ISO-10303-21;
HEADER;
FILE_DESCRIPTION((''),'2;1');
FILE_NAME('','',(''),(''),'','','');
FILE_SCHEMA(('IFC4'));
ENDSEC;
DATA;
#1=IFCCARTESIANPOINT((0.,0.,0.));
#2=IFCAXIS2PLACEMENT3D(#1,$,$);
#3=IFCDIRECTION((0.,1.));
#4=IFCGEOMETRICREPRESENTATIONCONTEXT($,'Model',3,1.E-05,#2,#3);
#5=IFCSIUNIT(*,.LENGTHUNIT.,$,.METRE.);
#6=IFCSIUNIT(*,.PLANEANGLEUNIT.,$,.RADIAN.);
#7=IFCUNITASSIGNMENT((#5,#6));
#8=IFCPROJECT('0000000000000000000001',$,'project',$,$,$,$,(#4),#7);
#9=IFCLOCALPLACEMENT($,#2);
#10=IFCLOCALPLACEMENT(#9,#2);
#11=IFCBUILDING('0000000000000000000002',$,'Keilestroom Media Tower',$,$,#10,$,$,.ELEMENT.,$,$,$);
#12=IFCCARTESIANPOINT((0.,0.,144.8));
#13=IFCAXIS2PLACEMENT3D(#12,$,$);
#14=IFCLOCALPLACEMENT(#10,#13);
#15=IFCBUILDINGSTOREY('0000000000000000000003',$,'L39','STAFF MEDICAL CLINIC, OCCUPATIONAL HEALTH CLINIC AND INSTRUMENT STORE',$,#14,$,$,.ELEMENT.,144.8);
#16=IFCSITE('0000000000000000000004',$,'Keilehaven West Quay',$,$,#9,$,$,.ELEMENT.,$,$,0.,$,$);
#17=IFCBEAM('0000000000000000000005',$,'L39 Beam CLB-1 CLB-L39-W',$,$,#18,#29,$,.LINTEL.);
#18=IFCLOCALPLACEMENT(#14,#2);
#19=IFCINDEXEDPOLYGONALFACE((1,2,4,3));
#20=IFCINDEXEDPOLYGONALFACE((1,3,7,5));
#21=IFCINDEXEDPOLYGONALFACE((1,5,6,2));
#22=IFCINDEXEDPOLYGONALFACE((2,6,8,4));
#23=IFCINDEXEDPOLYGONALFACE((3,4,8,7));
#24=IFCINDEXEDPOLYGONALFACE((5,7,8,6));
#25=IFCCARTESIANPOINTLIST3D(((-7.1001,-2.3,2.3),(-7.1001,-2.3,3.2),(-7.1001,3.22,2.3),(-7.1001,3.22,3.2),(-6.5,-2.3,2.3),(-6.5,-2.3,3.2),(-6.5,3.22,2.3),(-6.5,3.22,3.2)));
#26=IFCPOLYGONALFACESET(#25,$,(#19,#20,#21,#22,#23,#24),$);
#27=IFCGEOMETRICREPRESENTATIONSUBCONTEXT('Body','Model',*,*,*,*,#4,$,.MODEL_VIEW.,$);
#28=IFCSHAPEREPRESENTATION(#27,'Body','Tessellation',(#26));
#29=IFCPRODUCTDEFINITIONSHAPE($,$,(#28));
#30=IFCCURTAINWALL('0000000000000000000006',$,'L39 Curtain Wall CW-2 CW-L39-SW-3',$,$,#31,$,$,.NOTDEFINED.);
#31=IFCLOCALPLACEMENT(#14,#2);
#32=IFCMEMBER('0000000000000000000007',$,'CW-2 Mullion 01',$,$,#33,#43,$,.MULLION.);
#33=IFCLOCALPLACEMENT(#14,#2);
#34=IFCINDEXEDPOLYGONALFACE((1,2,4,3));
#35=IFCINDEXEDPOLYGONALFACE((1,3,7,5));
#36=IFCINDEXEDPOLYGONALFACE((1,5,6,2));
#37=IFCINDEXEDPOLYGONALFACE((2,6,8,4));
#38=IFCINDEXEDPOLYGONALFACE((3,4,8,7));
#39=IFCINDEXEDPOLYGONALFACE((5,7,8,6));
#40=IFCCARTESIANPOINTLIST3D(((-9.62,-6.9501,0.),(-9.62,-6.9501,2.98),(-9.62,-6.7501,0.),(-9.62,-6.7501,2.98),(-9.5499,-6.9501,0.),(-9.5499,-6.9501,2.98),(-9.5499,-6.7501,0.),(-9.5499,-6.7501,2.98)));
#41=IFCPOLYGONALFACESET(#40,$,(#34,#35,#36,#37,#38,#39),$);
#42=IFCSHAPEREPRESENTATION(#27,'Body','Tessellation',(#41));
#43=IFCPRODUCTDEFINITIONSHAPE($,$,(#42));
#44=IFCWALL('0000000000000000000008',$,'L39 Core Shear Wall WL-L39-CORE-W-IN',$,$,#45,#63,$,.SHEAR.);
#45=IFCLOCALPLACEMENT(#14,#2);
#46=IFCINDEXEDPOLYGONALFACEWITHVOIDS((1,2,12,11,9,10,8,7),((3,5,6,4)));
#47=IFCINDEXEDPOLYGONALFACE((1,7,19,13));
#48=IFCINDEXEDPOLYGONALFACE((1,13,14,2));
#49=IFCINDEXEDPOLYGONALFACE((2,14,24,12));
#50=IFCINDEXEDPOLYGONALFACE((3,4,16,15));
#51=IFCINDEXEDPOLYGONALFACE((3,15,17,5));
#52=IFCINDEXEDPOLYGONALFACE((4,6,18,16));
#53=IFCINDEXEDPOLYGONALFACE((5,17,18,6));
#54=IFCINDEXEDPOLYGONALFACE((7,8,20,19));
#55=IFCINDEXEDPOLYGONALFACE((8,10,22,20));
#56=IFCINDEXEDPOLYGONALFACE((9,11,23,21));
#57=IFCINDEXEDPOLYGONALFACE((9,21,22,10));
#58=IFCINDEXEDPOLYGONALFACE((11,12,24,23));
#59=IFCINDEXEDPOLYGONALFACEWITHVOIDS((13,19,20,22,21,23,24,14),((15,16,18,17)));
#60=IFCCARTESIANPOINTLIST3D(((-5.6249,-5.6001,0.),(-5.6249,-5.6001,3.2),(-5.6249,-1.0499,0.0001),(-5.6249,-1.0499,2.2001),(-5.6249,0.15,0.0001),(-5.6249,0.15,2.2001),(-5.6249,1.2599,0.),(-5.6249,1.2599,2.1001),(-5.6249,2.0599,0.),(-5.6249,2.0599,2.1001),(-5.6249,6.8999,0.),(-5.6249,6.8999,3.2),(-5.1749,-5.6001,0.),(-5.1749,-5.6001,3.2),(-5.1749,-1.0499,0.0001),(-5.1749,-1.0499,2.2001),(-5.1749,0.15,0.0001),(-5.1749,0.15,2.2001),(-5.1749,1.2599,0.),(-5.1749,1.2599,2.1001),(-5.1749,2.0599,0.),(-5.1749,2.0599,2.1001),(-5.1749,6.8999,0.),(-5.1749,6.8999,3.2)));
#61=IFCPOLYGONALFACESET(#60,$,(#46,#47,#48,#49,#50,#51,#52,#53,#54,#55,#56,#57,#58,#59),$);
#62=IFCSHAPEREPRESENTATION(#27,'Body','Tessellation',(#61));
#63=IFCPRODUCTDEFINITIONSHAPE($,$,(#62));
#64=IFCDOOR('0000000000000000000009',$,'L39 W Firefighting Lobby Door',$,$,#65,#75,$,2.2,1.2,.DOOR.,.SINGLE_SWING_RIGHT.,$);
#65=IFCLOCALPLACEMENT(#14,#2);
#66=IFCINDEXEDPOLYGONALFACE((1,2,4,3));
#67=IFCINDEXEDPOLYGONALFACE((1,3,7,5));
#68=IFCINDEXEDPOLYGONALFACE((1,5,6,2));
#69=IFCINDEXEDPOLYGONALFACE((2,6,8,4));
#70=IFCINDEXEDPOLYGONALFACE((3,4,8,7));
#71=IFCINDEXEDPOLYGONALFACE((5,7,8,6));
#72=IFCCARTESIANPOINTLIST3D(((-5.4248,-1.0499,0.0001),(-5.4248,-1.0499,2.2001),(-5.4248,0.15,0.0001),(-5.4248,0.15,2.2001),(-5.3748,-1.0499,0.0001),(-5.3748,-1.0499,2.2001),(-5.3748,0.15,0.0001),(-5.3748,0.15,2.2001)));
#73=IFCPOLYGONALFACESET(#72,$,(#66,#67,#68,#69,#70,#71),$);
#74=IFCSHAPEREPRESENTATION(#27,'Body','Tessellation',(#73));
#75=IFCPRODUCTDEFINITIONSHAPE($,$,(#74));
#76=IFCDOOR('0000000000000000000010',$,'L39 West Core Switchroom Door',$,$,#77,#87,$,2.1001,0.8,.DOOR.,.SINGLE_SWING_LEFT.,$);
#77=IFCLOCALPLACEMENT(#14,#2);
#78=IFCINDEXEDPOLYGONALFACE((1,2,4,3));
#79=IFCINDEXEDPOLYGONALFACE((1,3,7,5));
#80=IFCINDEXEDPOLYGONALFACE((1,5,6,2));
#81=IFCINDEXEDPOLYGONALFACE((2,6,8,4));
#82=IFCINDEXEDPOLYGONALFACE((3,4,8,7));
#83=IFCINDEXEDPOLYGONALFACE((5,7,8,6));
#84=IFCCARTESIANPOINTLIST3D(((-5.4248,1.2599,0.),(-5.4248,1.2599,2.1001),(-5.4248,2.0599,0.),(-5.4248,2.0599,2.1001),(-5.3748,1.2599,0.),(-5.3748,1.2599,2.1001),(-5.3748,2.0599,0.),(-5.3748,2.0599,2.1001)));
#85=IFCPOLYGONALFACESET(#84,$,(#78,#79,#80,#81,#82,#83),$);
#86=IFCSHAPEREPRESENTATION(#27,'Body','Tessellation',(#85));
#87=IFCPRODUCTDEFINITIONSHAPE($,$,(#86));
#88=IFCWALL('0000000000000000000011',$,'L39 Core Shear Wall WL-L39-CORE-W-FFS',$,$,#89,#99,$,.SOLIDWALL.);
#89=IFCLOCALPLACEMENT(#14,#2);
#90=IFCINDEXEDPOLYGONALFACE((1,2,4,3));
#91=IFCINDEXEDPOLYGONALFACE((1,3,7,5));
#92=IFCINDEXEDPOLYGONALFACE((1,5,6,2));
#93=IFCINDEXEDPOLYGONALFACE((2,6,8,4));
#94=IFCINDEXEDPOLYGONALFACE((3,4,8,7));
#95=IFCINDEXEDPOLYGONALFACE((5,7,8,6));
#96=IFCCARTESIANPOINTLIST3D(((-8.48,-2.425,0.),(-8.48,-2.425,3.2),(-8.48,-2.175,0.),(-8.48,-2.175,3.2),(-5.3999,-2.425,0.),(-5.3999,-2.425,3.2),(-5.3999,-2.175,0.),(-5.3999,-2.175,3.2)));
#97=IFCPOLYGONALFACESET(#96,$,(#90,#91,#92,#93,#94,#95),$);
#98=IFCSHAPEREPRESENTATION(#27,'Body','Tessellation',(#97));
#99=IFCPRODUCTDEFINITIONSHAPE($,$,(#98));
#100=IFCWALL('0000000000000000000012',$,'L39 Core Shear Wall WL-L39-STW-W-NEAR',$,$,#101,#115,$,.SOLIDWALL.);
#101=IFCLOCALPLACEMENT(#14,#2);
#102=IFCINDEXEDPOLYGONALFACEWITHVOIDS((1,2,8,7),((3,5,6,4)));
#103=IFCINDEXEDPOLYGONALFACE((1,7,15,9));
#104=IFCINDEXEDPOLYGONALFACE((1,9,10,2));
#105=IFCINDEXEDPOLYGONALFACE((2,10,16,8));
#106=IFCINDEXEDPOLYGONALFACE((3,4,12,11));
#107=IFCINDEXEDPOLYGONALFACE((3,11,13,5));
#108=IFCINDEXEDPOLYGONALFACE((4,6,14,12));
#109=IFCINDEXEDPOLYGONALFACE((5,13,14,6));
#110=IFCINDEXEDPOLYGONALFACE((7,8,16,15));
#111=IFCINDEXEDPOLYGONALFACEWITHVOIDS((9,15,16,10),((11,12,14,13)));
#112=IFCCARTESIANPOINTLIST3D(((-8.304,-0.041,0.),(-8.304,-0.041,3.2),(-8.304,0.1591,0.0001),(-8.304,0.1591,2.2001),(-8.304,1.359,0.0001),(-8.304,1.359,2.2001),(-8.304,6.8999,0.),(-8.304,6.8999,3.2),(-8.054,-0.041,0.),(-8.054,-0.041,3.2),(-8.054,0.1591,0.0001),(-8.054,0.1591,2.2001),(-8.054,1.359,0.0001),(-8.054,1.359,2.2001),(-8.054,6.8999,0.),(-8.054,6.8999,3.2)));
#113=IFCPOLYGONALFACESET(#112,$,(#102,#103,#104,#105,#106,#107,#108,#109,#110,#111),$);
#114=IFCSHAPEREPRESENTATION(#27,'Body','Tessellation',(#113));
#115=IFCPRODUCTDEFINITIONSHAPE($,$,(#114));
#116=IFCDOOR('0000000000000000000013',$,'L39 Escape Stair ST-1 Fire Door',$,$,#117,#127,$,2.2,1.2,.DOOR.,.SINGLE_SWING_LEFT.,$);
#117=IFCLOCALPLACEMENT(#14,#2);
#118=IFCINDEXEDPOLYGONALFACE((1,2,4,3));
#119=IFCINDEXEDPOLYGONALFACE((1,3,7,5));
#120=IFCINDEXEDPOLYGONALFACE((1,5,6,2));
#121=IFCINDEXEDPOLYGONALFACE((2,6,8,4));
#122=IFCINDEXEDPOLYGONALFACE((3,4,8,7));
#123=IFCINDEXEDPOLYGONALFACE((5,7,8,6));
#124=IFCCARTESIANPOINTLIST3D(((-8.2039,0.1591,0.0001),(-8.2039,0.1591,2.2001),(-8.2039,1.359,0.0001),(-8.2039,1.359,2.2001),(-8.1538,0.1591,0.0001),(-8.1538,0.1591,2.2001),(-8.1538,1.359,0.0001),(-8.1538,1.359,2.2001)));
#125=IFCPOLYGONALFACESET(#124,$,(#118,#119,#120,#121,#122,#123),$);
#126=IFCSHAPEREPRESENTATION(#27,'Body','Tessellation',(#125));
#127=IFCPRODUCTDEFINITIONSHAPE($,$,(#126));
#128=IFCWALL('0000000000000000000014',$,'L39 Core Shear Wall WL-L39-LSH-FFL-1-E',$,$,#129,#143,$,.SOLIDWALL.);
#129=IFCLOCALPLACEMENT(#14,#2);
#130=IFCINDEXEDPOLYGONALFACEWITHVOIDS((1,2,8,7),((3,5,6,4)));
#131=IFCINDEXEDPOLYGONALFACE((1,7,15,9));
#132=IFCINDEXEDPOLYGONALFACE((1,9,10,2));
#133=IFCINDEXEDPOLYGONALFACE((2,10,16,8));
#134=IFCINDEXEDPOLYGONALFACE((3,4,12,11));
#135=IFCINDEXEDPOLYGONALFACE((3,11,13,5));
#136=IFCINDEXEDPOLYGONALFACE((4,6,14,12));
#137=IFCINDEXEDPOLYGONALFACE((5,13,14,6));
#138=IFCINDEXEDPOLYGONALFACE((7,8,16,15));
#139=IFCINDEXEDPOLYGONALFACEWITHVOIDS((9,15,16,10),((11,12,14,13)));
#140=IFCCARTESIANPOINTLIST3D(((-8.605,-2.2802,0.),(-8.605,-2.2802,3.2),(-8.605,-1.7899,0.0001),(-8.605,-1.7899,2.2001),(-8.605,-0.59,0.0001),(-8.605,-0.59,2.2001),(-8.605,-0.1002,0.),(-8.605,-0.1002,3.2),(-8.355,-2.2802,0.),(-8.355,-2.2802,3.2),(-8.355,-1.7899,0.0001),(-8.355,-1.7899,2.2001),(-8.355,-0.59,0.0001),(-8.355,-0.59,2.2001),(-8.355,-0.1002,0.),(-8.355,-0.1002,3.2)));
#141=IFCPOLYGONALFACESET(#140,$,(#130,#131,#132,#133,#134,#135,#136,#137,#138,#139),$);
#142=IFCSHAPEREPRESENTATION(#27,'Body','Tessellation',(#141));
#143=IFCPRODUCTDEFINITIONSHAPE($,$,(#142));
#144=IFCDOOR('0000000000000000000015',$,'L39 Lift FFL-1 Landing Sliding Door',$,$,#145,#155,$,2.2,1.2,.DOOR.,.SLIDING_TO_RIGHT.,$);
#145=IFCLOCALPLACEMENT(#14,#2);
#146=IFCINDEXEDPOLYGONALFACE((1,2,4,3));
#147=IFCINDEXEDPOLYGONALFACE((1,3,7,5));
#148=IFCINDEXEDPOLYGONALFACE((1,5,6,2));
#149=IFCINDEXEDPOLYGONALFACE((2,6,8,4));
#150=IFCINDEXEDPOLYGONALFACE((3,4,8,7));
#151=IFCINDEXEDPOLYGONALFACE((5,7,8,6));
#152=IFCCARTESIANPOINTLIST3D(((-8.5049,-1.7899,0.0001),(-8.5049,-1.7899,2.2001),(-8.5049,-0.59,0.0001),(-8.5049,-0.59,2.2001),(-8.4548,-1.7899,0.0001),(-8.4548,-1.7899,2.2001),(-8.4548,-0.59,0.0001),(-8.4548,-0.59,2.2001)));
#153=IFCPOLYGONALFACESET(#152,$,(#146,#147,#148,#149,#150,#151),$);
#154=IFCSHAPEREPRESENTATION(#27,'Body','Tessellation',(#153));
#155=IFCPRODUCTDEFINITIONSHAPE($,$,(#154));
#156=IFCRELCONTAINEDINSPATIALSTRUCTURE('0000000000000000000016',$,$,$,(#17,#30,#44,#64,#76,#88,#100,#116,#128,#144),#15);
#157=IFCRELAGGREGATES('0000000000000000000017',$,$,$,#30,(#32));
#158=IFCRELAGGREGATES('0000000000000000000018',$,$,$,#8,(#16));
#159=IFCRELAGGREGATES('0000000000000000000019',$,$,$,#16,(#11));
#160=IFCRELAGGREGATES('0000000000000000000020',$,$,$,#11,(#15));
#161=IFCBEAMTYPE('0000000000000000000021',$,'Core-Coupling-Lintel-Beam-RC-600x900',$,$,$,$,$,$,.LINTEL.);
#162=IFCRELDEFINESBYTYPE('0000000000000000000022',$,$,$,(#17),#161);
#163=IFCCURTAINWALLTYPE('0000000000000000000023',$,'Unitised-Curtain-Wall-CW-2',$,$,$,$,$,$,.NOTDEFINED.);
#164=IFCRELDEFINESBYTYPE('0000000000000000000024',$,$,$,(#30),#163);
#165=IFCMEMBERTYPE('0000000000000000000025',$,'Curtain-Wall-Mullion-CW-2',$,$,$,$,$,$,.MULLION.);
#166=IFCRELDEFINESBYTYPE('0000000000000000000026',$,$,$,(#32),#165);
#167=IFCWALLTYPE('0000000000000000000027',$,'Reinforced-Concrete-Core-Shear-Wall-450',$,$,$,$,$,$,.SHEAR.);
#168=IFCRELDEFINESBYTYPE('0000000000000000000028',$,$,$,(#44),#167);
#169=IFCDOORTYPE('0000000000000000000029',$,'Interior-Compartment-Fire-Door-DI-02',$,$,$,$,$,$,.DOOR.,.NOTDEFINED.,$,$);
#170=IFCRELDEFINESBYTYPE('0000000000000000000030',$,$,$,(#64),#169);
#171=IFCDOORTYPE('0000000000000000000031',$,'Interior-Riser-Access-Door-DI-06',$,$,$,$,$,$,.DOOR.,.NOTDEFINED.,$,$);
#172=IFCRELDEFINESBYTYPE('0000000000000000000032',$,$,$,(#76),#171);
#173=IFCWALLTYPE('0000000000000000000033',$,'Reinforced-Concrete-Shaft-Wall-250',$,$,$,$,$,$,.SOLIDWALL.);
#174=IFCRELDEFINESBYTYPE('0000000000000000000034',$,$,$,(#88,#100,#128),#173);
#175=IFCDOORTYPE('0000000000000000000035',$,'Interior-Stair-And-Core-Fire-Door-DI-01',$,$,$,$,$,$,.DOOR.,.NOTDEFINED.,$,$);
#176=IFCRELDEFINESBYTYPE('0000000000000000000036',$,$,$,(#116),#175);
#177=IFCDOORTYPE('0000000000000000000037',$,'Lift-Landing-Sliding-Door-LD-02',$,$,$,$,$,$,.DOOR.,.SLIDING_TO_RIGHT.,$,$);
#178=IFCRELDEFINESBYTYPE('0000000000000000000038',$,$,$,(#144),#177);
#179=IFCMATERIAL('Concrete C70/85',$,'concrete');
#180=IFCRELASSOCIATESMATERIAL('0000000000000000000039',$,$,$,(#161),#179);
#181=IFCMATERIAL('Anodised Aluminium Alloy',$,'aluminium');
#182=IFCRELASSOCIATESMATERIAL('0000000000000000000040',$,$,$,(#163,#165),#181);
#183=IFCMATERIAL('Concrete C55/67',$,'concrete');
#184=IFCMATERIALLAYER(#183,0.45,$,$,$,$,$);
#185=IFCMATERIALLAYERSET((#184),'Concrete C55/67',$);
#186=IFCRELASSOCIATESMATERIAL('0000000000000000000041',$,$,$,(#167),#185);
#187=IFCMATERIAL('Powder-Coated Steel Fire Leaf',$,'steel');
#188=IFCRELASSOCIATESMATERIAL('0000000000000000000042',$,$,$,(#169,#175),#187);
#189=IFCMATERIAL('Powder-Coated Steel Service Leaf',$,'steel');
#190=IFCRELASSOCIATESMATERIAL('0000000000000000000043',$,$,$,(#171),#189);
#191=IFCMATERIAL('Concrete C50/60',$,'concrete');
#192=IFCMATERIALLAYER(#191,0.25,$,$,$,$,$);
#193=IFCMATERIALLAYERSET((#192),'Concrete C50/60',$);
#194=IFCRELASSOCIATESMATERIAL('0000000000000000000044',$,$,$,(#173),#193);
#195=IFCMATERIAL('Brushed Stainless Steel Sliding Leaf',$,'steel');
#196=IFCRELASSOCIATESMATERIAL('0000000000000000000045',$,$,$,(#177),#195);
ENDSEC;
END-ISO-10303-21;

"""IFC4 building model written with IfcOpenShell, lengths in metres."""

from ifc_helpers import new_model, si_unit, direction, frame, frame_2d, origin, origin_2d, place, context, subcontext, project, spatial, rectangle, extrude, source, transform, mapped, material, layer, layer_set, material_profile, profile_set, type_object, element, fill, aggregate, save


model = new_model("IFC4")

# Units and contexts
model_context = context("Model", 3, precision=1e-05, world=origin(), true_north=direction((0.0, 1.0)))
body_context = subcontext(model_context, "Body", "Model", "MODEL_VIEW")
ifc_project = project(units=[si_unit("LENGTHUNIT", "METRE"), si_unit("PLANEANGLEUNIT", "RADIAN")], contexts=[model_context])

# Site, building, storey
site_placement = place(None, origin())
site = spatial("IfcSite", under=ifc_project, at=site_placement, Name="Keilehaven West Quay", CompositionType="ELEMENT", RefElevation=0.0)
building_placement = place(site_placement, origin())
building = spatial("IfcBuilding", under=site, at=building_placement, Name="Keilestroom Media Tower", CompositionType="ELEMENT")
storey_placement = place(building_placement, frame((0.0, 0.0, 144.8)))
storey = spatial("IfcBuildingStorey", under=building, at=storey_placement, Name="L39", Description="STAFF MEDICAL CLINIC, OCCUPATIONAL HEALTH CLINIC AND INSTRUMENT STORE", CompositionType="ELEMENT", Elevation=144.8)

# Beam
ifc_material_1 = material(Name="Concrete C70/85", Category="concrete")
ifc_material_profile_1 = material_profile(ifc_material_1, rectangle(XDim=0.6001, YDim=0.8999, at=origin_2d()), Name="RC 600x900")
ifc_profile_set_1 = profile_set([ifc_material_profile_1], Name="Concrete C70/85")
beam_type = type_object("IfcBeamType", Name="Core-Coupling-Lintel-Beam-RC-600x900", PredefinedType="LINTEL", material=ifc_profile_set_1)
shared_shape_1 = source(origin(), body_context, "Body", "SweptSolid", [
    extrude(rectangle(XDim=0.6001, YDim=0.8999, at=origin_2d()), origin(), (0.0, 0.0, 1.0), 5.52),
])
beam_placement = place(storey_placement, frame((-6.8, -2.3, 2.75), z_axis=(0.0, 1.0, 0.0), x_axis=(-1.0, 0.0, 0.0)))
element("IfcBeam", 1, at=beam_placement, inside=storey, type_object=beam_type, Name="L39 Beam CLB-1 CLB-L39-W", PredefinedType="LINTEL", context=body_context, shape_type="MappedRepresentation", body=[
    mapped(shared_shape_1, transform((0.0, 0.0, 0.0), x_axis=(1.0, 0.0, 0.0), y_axis=(0.0, 1.0, 0.0), z_axis=(0.0, 0.0, 1.0), scale=1.0)),
])

# Curtain wall, member
ifc_material_2 = material(Name="Anodised Aluminium Alloy", Category="aluminium")
curtain_wall_type = type_object("IfcCurtainWallType", Name="Unitised-Curtain-Wall-CW-2", PredefinedType="NOTDEFINED", material=ifc_material_2)
curtain_wall_placement = place(storey_placement, origin())
curtain_wall = element("IfcCurtainWall", 2, at=curtain_wall_placement, inside=storey, type_object=curtain_wall_type, Name="L39 Curtain Wall CW-2 CW-L39-SW-3", PredefinedType="NOTDEFINED")
ifc_material_profile_2 = material_profile(ifc_material_2, rectangle(XDim=0.0701, YDim=0.2, at=origin_2d()), Name="ALU MULLION 70x200")
ifc_profile_set_2 = profile_set([ifc_material_profile_2], Name="Anodised Aluminium Alloy")
member_type = type_object("IfcMemberType", Name="Curtain-Wall-Mullion-CW-2", PredefinedType="MULLION", material=ifc_profile_set_2)
shared_shape_2 = source(origin(), body_context, "Body", "SweptSolid", [
    extrude(rectangle(XDim=0.0701, YDim=0.2, at=origin_2d()), origin(), (0.0, 0.0, 1.0), 2.98),
])
member_placement = place(storey_placement, frame((-9.585, -6.8501, 0.0), z_axis=(0.0, 0.0, 1.0), x_axis=(1.0, 0.0, 0.0)))
member = element("IfcMember", 3, at=member_placement, type_object=member_type, Name="CW-2 Mullion 01", PredefinedType="MULLION", context=body_context, shape_type="MappedRepresentation", body=[
    mapped(shared_shape_2, transform((0.0, 0.0, 0.0), x_axis=(1.0, 0.0, 0.0), y_axis=(0.0, 1.0, 0.0), z_axis=(0.0, 0.0, 1.0), scale=1.0)),
])
aggregate(curtain_wall, [member])

# Wall, openings, doors
ifc_material_3 = material(Name="Concrete C55/67", Category="concrete")
ifc_layer_1 = layer(ifc_material_3, 0.45)
ifc_layer_set_1 = layer_set([ifc_layer_1], Name="Concrete C55/67")
wall_type_1 = type_object("IfcWallType", Name="Reinforced-Concrete-Core-Shear-Wall-450", PredefinedType="SHEAR", material=ifc_layer_set_1)
wall_1_placement = place(storey_placement, frame((-5.3999, -5.6001, 0.0), z_axis=(0.0, 0.0, 1.0), x_axis=(0.0, 1.0, 0.0)))
wall_1 = element("IfcWall", 4, at=wall_1_placement, inside=storey, type_object=wall_type_1, Name="L39 Core Shear Wall WL-L39-CORE-W-IN", PredefinedType="SHEAR", context=body_context, shape_type="SweptSolid", body=[
    extrude(rectangle(XDim=12.5, YDim=0.45, at=frame_2d((6.25, 0.0))), origin(), (0.0, 0.0, 1.0), 3.2),
])
opening_1_placement = place(wall_1_placement, frame((4.55, 0.0, 0.0)))
opening_1 = element("IfcOpeningElement", 5, at=opening_1_placement, cuts=wall_1, PredefinedType="OPENING", context=body_context, shape_type="SweptSolid", body=[
    extrude(rectangle(XDim=1.2, YDim=2.2, at=frame_2d((0.6001, 1.1001))), frame((0.0, 0.2349, 0.0), z_axis=(0.0, -1.0, 0.0), x_axis=(1.0, 0.0, 0.0)), (0.0, 0.0, 1.0), 0.47),
])
opening_2_placement = place(wall_1_placement, frame((6.8601, 0.0, 0.0)))
opening_2 = element("IfcOpeningElement", 6, at=opening_2_placement, cuts=wall_1, PredefinedType="OPENING", context=body_context, shape_type="SweptSolid", body=[
    extrude(rectangle(XDim=0.8, YDim=2.1001, at=frame_2d((0.3999, 1.05))), frame((0.0, 0.2349, 0.0), z_axis=(0.0, -1.0, 0.0), x_axis=(1.0, 0.0, 0.0)), (0.0, 0.0, 1.0), 0.47),
])
ifc_material_4 = material(Name="Powder-Coated Steel Fire Leaf", Category="steel")
door_type_1 = type_object("IfcDoorType", Name="Interior-Compartment-Fire-Door-DI-02", OperationType="NOTDEFINED", PredefinedType="DOOR", material=ifc_material_4)
shared_shape_3 = source(origin(), body_context, "Body", "SweptSolid", [
    extrude(rectangle(XDim=1.2, YDim=2.2, at=frame_2d((0.6001, 1.1001))), frame((0.0, 0.0249, 0.0), z_axis=(0.0, -1.0, 0.0), x_axis=(1.0, 0.0, 0.0)), (0.0, 0.0, 1.0), 0.05),
])
door_1_placement = place(opening_1_placement, origin())
door_1 = element("IfcDoor", 7, at=door_1_placement, inside=storey, type_object=door_type_1, Name="L39 W Firefighting Lobby Door", OperationType="SINGLE_SWING_RIGHT", OverallHeight=2.2, OverallWidth=1.2, PredefinedType="DOOR", context=body_context, shape_type="MappedRepresentation", body=[
    mapped(shared_shape_3, transform((0.0, 0.0, 0.0), x_axis=(1.0, 0.0, 0.0), y_axis=(0.0, 1.0, 0.0), z_axis=(0.0, 0.0, 1.0), scale=1.0)),
])
fill(opening_1, door_1)
ifc_material_5 = material(Name="Powder-Coated Steel Service Leaf", Category="steel")
door_type_2 = type_object("IfcDoorType", Name="Interior-Riser-Access-Door-DI-06", OperationType="NOTDEFINED", PredefinedType="DOOR", material=ifc_material_5)
shared_shape_4 = source(origin(), body_context, "Body", "SweptSolid", [
    extrude(rectangle(XDim=0.8, YDim=2.1001, at=frame_2d((0.3999, 1.05))), frame((0.0, 0.0249, 0.0), z_axis=(0.0, -1.0, 0.0), x_axis=(1.0, 0.0, 0.0)), (0.0, 0.0, 1.0), 0.05),
])
door_2_placement = place(opening_2_placement, origin())
door_2 = element("IfcDoor", 8, at=door_2_placement, inside=storey, type_object=door_type_2, Name="L39 West Core Switchroom Door", OperationType="SINGLE_SWING_LEFT", OverallHeight=2.1001, OverallWidth=0.8, PredefinedType="DOOR", context=body_context, shape_type="MappedRepresentation", body=[
    mapped(shared_shape_4, transform((0.0, 0.0, 0.0), x_axis=(1.0, 0.0, 0.0), y_axis=(0.0, 1.0, 0.0), z_axis=(0.0, 0.0, 1.0), scale=1.0)),
])
fill(opening_2, door_2)

# Wall
ifc_material_6 = material(Name="Concrete C50/60", Category="concrete")
ifc_layer_2 = layer(ifc_material_6, 0.25)
ifc_layer_set_2 = layer_set([ifc_layer_2], Name="Concrete C50/60")
wall_type_2 = type_object("IfcWallType", Name="Reinforced-Concrete-Shaft-Wall-250", PredefinedType="SOLIDWALL", material=ifc_layer_set_2)
wall_2_placement = place(storey_placement, frame((-8.48, -2.3, 0.0), z_axis=(0.0, 0.0, 1.0), x_axis=(1.0, 0.0, 0.0)))
element("IfcWall", 9, at=wall_2_placement, inside=storey, type_object=wall_type_2, Name="L39 Core Shear Wall WL-L39-CORE-W-FFS", PredefinedType="SOLIDWALL", context=body_context, shape_type="SweptSolid", body=[
    extrude(rectangle(XDim=3.0801, YDim=0.25, at=frame_2d((1.54, 0.0))), origin(), (0.0, 0.0, 1.0), 3.2),
])

# Walls, openings, doors
wall_3_placement = place(storey_placement, frame((-8.179, -0.041, 0.0), z_axis=(0.0, 0.0, 1.0), x_axis=(0.0, 1.0, 0.0)))
wall_3 = element("IfcWall", 10, at=wall_3_placement, inside=storey, type_object=wall_type_2, Name="L39 Core Shear Wall WL-L39-STW-W-NEAR", PredefinedType="SOLIDWALL", context=body_context, shape_type="SweptSolid", body=[
    extrude(rectangle(XDim=6.9409, YDim=0.25, at=frame_2d((3.4705, 0.0))), origin(), (0.0, 0.0, 1.0), 3.2),
])
opening_3_placement = place(wall_3_placement, frame((0.2, 0.0, 0.0)))
opening_3 = element("IfcOpeningElement", 11, at=opening_3_placement, cuts=wall_3, PredefinedType="OPENING", context=body_context, shape_type="SweptSolid", body=[
    extrude(rectangle(XDim=1.2, YDim=2.2, at=frame_2d((0.6001, 1.1001))), frame((0.0, 0.135, 0.0), z_axis=(0.0, -1.0, 0.0), x_axis=(1.0, 0.0, 0.0)), (0.0, 0.0, 1.0), 0.27),
])
door_type_3 = type_object("IfcDoorType", Name="Interior-Stair-And-Core-Fire-Door-DI-01", OperationType="NOTDEFINED", PredefinedType="DOOR", material=ifc_material_4)
door_3_placement = place(opening_3_placement, origin())
door_3 = element("IfcDoor", 12, at=door_3_placement, inside=storey, type_object=door_type_3, Name="L39 Escape Stair ST-1 Fire Door", OperationType="SINGLE_SWING_LEFT", OverallHeight=2.2, OverallWidth=1.2, PredefinedType="DOOR", context=body_context, shape_type="MappedRepresentation", body=[
    mapped(shared_shape_3, transform((0.0, 0.0, 0.0), x_axis=(1.0, 0.0, 0.0), y_axis=(0.0, 1.0, 0.0), z_axis=(0.0, 0.0, 1.0), scale=1.0)),
])
fill(opening_3, door_3)
wall_4_placement = place(storey_placement, frame((-8.48, -2.28, 0.0), z_axis=(0.0, 0.0, 1.0), x_axis=(0.0, 1.0, 0.0)))
wall_4 = element("IfcWall", 13, at=wall_4_placement, inside=storey, type_object=wall_type_2, Name="L39 Core Shear Wall WL-L39-LSH-FFL-1-E", PredefinedType="SOLIDWALL", context=body_context, shape_type="SweptSolid", body=[
    extrude(rectangle(XDim=2.1799, YDim=0.25, at=frame_2d((1.0898, 0.0))), origin(), (0.0, 0.0, 1.0), 3.2),
])
opening_4_placement = place(wall_4_placement, frame((0.49, 0.0, 0.0)))
opening_4 = element("IfcOpeningElement", 14, at=opening_4_placement, cuts=wall_4, PredefinedType="OPENING", context=body_context, shape_type="SweptSolid", body=[
    extrude(rectangle(XDim=1.2, YDim=2.2, at=frame_2d((0.6001, 1.1001))), frame((0.0, 0.135, 0.0), z_axis=(0.0, -1.0, 0.0), x_axis=(1.0, 0.0, 0.0)), (0.0, 0.0, 1.0), 0.27),
])
ifc_material_7 = material(Name="Brushed Stainless Steel Sliding Leaf", Category="steel")
door_type_4 = type_object("IfcDoorType", Name="Lift-Landing-Sliding-Door-LD-02", OperationType="SLIDING_TO_RIGHT", PredefinedType="DOOR", material=ifc_material_7)
door_4_placement = place(opening_4_placement, origin())
door_4 = element("IfcDoor", 15, at=door_4_placement, inside=storey, type_object=door_type_4, Name="L39 Lift FFL-1 Landing Sliding Door", OperationType="SLIDING_TO_RIGHT", OverallHeight=2.2, OverallWidth=1.2, PredefinedType="DOOR", context=body_context, shape_type="MappedRepresentation", body=[
    mapped(shared_shape_3, transform((0.0, 0.0, 0.0), x_axis=(1.0, 0.0, 0.0), y_axis=(0.0, 1.0, 0.0), z_axis=(0.0, 0.0, 1.0), scale=1.0)),
])
fill(opening_4, door_4)

save(model, "model.ifc")
